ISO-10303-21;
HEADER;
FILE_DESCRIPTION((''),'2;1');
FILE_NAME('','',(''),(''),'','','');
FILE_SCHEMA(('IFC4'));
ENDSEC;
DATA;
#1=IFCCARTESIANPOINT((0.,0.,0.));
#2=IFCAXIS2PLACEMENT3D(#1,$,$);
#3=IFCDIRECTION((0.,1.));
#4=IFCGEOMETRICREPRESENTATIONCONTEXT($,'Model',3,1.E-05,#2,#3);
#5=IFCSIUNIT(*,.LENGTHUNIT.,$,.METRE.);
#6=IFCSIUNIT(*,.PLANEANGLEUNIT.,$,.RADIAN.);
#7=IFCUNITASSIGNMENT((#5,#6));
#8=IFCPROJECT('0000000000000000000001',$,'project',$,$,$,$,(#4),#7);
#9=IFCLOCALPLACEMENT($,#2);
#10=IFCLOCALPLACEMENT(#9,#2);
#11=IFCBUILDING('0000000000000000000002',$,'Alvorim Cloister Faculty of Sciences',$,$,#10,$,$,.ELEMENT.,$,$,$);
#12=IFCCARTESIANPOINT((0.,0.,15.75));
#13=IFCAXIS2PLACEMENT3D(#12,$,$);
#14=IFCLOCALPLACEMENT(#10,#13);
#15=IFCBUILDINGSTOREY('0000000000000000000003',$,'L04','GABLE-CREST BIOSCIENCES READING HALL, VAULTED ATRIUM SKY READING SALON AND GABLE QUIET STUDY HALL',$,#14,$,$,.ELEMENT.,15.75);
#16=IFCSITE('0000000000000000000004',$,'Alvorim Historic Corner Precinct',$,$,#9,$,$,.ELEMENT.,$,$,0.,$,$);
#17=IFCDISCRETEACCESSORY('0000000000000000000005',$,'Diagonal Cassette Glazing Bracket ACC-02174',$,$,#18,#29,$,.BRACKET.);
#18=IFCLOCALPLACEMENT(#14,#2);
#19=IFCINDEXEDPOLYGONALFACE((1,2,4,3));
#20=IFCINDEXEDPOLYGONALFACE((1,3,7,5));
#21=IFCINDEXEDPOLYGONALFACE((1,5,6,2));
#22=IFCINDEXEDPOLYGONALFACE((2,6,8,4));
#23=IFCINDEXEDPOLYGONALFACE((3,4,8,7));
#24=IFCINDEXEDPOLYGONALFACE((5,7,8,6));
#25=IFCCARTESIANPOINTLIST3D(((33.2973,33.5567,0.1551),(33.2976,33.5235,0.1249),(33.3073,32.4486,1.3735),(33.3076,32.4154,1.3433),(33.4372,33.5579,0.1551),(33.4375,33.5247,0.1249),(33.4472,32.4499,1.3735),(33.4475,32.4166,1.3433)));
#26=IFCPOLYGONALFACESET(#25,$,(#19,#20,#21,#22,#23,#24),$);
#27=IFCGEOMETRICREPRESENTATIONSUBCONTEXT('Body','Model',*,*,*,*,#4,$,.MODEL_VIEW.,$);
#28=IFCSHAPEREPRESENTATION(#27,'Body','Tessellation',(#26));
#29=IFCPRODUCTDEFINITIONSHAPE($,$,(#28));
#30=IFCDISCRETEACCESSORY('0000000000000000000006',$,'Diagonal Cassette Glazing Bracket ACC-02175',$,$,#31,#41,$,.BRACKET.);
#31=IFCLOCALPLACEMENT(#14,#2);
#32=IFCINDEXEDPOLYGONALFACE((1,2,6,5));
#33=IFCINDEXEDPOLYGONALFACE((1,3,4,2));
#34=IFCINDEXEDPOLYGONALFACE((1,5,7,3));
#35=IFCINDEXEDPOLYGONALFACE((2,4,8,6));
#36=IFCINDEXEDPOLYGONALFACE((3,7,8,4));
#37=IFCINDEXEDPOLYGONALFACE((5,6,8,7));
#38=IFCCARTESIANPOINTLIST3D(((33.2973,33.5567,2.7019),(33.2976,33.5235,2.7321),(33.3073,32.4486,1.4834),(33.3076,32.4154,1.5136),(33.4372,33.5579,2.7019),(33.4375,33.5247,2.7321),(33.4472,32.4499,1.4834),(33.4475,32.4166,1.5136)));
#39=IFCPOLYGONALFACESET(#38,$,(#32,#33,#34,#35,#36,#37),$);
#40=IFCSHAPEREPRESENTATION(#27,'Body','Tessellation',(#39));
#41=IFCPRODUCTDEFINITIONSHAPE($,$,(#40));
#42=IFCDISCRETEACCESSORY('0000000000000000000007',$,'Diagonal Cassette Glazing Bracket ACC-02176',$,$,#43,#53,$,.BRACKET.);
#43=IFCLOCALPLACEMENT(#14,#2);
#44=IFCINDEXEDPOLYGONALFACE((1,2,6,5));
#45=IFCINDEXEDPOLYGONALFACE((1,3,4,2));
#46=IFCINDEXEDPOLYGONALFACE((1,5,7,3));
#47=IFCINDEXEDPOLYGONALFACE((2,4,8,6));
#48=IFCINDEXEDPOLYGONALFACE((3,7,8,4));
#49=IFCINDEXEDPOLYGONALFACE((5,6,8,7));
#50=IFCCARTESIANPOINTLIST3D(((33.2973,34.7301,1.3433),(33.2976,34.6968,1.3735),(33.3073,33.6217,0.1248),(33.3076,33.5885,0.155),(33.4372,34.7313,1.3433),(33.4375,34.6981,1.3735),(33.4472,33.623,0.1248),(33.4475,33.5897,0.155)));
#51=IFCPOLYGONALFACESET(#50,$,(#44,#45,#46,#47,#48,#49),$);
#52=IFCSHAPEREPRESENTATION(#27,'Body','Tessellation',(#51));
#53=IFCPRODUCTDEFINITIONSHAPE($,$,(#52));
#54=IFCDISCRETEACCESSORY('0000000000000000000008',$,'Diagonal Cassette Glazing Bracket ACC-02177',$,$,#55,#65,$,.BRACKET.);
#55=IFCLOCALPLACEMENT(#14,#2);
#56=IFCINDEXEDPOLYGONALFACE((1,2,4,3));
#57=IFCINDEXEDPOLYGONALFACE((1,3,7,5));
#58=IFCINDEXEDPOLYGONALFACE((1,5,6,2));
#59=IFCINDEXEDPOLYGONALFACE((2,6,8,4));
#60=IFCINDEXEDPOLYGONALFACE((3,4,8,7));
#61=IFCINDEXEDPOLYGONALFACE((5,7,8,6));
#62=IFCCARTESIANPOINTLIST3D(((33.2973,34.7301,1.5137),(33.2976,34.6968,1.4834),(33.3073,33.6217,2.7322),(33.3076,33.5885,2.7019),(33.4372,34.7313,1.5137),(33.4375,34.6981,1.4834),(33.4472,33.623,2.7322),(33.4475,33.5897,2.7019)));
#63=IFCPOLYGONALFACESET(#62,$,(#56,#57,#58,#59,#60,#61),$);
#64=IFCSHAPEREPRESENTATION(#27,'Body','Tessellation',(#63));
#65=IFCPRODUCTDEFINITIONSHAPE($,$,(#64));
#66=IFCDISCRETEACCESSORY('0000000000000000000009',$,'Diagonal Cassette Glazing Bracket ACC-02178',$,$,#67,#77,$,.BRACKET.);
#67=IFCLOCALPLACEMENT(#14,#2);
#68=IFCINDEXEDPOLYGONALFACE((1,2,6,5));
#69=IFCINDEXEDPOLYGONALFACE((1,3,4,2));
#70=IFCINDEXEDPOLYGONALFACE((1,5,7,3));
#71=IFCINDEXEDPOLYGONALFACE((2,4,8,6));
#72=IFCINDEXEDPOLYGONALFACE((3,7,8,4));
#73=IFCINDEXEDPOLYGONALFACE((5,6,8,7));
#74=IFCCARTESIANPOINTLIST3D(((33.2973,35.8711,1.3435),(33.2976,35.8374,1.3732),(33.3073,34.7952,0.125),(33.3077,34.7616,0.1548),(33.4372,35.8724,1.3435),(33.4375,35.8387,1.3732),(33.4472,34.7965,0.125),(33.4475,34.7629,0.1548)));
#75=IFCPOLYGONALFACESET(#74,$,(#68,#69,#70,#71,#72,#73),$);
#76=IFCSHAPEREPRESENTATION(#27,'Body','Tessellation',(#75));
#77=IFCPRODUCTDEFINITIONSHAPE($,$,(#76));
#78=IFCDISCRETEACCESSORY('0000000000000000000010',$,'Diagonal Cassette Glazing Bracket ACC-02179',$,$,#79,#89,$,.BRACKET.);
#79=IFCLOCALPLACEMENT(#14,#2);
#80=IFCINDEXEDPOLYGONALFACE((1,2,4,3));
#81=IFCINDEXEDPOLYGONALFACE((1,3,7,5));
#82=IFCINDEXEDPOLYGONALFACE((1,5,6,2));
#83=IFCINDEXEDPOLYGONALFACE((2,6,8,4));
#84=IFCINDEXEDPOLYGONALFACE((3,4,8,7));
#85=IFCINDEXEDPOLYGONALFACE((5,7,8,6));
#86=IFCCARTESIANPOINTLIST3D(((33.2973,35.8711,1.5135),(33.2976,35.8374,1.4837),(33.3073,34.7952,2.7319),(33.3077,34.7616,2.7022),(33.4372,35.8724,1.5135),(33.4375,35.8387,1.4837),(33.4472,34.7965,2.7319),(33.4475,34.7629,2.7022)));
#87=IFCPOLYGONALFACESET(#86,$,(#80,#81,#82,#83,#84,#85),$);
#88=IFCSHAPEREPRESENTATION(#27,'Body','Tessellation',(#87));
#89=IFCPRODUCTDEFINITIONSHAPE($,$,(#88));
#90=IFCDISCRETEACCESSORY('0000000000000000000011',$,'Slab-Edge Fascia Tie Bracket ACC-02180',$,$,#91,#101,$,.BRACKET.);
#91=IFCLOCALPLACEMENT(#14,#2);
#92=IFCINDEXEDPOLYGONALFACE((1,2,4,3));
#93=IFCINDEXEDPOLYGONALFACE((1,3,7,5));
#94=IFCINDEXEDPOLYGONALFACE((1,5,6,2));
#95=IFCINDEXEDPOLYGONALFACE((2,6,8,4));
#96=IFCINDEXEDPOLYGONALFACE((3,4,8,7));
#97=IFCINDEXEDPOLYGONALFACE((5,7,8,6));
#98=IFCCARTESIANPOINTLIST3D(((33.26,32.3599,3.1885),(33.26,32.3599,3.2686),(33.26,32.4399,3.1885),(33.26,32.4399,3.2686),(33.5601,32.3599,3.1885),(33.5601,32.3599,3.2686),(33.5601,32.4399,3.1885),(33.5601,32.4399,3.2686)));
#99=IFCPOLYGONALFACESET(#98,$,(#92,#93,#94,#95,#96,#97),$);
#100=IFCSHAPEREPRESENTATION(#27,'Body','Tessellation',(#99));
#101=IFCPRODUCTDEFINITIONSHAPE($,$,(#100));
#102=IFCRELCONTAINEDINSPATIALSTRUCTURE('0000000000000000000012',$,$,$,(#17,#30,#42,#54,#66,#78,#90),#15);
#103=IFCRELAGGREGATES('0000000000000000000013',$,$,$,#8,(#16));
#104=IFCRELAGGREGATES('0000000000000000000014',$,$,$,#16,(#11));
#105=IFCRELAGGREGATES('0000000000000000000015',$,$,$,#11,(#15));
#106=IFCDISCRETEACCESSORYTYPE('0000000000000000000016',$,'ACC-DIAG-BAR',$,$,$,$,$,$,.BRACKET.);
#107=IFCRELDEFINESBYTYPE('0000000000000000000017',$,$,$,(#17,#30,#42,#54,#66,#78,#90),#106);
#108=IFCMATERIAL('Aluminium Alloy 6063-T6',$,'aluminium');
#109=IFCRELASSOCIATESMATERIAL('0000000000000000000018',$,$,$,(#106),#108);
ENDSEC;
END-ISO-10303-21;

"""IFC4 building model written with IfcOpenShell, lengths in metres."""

from ifc_helpers import new_model, si_unit, direction, frame, origin, origin_2d, place, context, subcontext, project, spatial, rectangle, extrude, material, type_object, element, save


model = new_model("IFC4")

# Units and contexts
model_context = context("Model", 3, precision=1e-05, world=origin(), true_north=direction((0.0, 1.0)))
body_context = subcontext(model_context, "Body", "Model", "MODEL_VIEW")
ifc_project = project(units=[si_unit("LENGTHUNIT", "METRE"), si_unit("PLANEANGLEUNIT", "RADIAN")], contexts=[model_context])

# Site, building, storey
site_placement = place(None, origin())
site = spatial("IfcSite", under=ifc_project, at=site_placement, Name="Alvorim Historic Corner Precinct", CompositionType="ELEMENT", RefElevation=0.0)
building_placement = place(site_placement, origin())
building = spatial("IfcBuilding", under=site, at=building_placement, Name="Alvorim Cloister Faculty of Sciences", CompositionType="ELEMENT")
storey_placement = place(building_placement, frame((0.0, 0.0, 15.75)))
storey = spatial("IfcBuildingStorey", under=building, at=storey_placement, Name="L04", Description="GABLE-CREST BIOSCIENCES READING HALL, VAULTED ATRIUM SKY READING SALON AND GABLE QUIET STUDY HALL", CompositionType="ELEMENT", Elevation=15.75)

# Shared definitions
ifc_material_1 = material(Name="Aluminium Alloy 6063-T6", Category="aluminium")

# Discrete accessories
discrete_accessory_type = type_object("IfcDiscreteAccessoryType", Name="ACC-DIAG-BAR", PredefinedType="BRACKET", material=ifc_material_1)
for number, where, z_axis, x_axis, name in (
    (1, (33.3774, 32.4326, 1.3584), (-0.006077, 0.672801, -0.739799), (-0.999959, -0.009032, 0.0), "Diagonal Cassette Glazing Bracket ACC-02174"),
    (2, (33.3774, 32.4326, 1.4985), (-0.006077, 0.672801, 0.739799), (-0.999959, -0.009032, 0.0), "Diagonal Cassette Glazing Bracket ACC-02175"),
):
    element("IfcDiscreteAccessory", number, at=place(storey_placement, frame(where, z_axis=z_axis, x_axis=x_axis)), inside=storey, type_object=discrete_accessory_type, Name=name, PredefinedType="BRACKET", context=body_context, shape_type="SweptSolid", body=[
        extrude(rectangle(XDim=0.1399, YDim=0.0449, at=origin_2d()), origin(), (0.0, 0.0, 1.0), 1.647),
    ])
for number, where, z_axis, x_axis, name in (
    (3, (33.3774, 33.6057, 0.1399), (-0.006077, 0.672882, 0.739725), (-0.999959, -0.00903, 0.0), "Diagonal Cassette Glazing Bracket ACC-02176"),
    (4, (33.3774, 33.6057, 2.717), (-0.006077, 0.672882, -0.739725), (-0.999959, -0.00903, 0.0), "Diagonal Cassette Glazing Bracket ACC-02177"),
):
    element("IfcDiscreteAccessory", number, at=place(storey_placement, frame(where, z_axis=z_axis, x_axis=x_axis)), inside=storey, type_object=discrete_accessory_type, Name=name, PredefinedType="BRACKET", context=body_context, shape_type="SweptSolid", body=[
        extrude(rectangle(XDim=0.1399, YDim=0.0449, at=origin_2d()), origin(), (0.0, 0.0, 1.0), 1.6472),
    ])
for number, where, z_axis, x_axis, name in (
    (5, (33.3774, 34.7791, 0.1399), (-0.006158, 0.661877, 0.749587), (-0.999957, -0.009303, 0.0), "Diagonal Cassette Glazing Bracket ACC-02178"),
    (6, (33.3774, 34.7791, 2.717), (-0.006158, 0.661877, -0.749587), (-0.999957, -0.009303, 0.0), "Diagonal Cassette Glazing Bracket ACC-02179"),
):
    element("IfcDiscreteAccessory", number, at=place(storey_placement, frame(where, z_axis=z_axis, x_axis=x_axis)), inside=storey, type_object=discrete_accessory_type, Name=name, PredefinedType="BRACKET", context=body_context, shape_type="SweptSolid", body=[
        extrude(rectangle(XDim=0.1399, YDim=0.0449, at=origin_2d()), origin(), (0.0, 0.0, 1.0), 1.6255),
    ])
discrete_accessory_placement = place(storey_placement, frame((33.26, 32.3999, 3.2285), z_axis=(1.0, 0.0, 0.0), x_axis=(0.0, 1.0, 0.0)))
element("IfcDiscreteAccessory", 7, at=discrete_accessory_placement, inside=storey, type_object=discrete_accessory_type, Name="Slab-Edge Fascia Tie Bracket ACC-02180", PredefinedType="BRACKET", context=body_context, shape_type="SweptSolid", body=[
    extrude(rectangle(XDim=0.0801, YDim=0.0801, at=origin_2d()), origin(), (0.0, 0.0, 1.0), 0.3),
])

save(model, "model.ifc")
